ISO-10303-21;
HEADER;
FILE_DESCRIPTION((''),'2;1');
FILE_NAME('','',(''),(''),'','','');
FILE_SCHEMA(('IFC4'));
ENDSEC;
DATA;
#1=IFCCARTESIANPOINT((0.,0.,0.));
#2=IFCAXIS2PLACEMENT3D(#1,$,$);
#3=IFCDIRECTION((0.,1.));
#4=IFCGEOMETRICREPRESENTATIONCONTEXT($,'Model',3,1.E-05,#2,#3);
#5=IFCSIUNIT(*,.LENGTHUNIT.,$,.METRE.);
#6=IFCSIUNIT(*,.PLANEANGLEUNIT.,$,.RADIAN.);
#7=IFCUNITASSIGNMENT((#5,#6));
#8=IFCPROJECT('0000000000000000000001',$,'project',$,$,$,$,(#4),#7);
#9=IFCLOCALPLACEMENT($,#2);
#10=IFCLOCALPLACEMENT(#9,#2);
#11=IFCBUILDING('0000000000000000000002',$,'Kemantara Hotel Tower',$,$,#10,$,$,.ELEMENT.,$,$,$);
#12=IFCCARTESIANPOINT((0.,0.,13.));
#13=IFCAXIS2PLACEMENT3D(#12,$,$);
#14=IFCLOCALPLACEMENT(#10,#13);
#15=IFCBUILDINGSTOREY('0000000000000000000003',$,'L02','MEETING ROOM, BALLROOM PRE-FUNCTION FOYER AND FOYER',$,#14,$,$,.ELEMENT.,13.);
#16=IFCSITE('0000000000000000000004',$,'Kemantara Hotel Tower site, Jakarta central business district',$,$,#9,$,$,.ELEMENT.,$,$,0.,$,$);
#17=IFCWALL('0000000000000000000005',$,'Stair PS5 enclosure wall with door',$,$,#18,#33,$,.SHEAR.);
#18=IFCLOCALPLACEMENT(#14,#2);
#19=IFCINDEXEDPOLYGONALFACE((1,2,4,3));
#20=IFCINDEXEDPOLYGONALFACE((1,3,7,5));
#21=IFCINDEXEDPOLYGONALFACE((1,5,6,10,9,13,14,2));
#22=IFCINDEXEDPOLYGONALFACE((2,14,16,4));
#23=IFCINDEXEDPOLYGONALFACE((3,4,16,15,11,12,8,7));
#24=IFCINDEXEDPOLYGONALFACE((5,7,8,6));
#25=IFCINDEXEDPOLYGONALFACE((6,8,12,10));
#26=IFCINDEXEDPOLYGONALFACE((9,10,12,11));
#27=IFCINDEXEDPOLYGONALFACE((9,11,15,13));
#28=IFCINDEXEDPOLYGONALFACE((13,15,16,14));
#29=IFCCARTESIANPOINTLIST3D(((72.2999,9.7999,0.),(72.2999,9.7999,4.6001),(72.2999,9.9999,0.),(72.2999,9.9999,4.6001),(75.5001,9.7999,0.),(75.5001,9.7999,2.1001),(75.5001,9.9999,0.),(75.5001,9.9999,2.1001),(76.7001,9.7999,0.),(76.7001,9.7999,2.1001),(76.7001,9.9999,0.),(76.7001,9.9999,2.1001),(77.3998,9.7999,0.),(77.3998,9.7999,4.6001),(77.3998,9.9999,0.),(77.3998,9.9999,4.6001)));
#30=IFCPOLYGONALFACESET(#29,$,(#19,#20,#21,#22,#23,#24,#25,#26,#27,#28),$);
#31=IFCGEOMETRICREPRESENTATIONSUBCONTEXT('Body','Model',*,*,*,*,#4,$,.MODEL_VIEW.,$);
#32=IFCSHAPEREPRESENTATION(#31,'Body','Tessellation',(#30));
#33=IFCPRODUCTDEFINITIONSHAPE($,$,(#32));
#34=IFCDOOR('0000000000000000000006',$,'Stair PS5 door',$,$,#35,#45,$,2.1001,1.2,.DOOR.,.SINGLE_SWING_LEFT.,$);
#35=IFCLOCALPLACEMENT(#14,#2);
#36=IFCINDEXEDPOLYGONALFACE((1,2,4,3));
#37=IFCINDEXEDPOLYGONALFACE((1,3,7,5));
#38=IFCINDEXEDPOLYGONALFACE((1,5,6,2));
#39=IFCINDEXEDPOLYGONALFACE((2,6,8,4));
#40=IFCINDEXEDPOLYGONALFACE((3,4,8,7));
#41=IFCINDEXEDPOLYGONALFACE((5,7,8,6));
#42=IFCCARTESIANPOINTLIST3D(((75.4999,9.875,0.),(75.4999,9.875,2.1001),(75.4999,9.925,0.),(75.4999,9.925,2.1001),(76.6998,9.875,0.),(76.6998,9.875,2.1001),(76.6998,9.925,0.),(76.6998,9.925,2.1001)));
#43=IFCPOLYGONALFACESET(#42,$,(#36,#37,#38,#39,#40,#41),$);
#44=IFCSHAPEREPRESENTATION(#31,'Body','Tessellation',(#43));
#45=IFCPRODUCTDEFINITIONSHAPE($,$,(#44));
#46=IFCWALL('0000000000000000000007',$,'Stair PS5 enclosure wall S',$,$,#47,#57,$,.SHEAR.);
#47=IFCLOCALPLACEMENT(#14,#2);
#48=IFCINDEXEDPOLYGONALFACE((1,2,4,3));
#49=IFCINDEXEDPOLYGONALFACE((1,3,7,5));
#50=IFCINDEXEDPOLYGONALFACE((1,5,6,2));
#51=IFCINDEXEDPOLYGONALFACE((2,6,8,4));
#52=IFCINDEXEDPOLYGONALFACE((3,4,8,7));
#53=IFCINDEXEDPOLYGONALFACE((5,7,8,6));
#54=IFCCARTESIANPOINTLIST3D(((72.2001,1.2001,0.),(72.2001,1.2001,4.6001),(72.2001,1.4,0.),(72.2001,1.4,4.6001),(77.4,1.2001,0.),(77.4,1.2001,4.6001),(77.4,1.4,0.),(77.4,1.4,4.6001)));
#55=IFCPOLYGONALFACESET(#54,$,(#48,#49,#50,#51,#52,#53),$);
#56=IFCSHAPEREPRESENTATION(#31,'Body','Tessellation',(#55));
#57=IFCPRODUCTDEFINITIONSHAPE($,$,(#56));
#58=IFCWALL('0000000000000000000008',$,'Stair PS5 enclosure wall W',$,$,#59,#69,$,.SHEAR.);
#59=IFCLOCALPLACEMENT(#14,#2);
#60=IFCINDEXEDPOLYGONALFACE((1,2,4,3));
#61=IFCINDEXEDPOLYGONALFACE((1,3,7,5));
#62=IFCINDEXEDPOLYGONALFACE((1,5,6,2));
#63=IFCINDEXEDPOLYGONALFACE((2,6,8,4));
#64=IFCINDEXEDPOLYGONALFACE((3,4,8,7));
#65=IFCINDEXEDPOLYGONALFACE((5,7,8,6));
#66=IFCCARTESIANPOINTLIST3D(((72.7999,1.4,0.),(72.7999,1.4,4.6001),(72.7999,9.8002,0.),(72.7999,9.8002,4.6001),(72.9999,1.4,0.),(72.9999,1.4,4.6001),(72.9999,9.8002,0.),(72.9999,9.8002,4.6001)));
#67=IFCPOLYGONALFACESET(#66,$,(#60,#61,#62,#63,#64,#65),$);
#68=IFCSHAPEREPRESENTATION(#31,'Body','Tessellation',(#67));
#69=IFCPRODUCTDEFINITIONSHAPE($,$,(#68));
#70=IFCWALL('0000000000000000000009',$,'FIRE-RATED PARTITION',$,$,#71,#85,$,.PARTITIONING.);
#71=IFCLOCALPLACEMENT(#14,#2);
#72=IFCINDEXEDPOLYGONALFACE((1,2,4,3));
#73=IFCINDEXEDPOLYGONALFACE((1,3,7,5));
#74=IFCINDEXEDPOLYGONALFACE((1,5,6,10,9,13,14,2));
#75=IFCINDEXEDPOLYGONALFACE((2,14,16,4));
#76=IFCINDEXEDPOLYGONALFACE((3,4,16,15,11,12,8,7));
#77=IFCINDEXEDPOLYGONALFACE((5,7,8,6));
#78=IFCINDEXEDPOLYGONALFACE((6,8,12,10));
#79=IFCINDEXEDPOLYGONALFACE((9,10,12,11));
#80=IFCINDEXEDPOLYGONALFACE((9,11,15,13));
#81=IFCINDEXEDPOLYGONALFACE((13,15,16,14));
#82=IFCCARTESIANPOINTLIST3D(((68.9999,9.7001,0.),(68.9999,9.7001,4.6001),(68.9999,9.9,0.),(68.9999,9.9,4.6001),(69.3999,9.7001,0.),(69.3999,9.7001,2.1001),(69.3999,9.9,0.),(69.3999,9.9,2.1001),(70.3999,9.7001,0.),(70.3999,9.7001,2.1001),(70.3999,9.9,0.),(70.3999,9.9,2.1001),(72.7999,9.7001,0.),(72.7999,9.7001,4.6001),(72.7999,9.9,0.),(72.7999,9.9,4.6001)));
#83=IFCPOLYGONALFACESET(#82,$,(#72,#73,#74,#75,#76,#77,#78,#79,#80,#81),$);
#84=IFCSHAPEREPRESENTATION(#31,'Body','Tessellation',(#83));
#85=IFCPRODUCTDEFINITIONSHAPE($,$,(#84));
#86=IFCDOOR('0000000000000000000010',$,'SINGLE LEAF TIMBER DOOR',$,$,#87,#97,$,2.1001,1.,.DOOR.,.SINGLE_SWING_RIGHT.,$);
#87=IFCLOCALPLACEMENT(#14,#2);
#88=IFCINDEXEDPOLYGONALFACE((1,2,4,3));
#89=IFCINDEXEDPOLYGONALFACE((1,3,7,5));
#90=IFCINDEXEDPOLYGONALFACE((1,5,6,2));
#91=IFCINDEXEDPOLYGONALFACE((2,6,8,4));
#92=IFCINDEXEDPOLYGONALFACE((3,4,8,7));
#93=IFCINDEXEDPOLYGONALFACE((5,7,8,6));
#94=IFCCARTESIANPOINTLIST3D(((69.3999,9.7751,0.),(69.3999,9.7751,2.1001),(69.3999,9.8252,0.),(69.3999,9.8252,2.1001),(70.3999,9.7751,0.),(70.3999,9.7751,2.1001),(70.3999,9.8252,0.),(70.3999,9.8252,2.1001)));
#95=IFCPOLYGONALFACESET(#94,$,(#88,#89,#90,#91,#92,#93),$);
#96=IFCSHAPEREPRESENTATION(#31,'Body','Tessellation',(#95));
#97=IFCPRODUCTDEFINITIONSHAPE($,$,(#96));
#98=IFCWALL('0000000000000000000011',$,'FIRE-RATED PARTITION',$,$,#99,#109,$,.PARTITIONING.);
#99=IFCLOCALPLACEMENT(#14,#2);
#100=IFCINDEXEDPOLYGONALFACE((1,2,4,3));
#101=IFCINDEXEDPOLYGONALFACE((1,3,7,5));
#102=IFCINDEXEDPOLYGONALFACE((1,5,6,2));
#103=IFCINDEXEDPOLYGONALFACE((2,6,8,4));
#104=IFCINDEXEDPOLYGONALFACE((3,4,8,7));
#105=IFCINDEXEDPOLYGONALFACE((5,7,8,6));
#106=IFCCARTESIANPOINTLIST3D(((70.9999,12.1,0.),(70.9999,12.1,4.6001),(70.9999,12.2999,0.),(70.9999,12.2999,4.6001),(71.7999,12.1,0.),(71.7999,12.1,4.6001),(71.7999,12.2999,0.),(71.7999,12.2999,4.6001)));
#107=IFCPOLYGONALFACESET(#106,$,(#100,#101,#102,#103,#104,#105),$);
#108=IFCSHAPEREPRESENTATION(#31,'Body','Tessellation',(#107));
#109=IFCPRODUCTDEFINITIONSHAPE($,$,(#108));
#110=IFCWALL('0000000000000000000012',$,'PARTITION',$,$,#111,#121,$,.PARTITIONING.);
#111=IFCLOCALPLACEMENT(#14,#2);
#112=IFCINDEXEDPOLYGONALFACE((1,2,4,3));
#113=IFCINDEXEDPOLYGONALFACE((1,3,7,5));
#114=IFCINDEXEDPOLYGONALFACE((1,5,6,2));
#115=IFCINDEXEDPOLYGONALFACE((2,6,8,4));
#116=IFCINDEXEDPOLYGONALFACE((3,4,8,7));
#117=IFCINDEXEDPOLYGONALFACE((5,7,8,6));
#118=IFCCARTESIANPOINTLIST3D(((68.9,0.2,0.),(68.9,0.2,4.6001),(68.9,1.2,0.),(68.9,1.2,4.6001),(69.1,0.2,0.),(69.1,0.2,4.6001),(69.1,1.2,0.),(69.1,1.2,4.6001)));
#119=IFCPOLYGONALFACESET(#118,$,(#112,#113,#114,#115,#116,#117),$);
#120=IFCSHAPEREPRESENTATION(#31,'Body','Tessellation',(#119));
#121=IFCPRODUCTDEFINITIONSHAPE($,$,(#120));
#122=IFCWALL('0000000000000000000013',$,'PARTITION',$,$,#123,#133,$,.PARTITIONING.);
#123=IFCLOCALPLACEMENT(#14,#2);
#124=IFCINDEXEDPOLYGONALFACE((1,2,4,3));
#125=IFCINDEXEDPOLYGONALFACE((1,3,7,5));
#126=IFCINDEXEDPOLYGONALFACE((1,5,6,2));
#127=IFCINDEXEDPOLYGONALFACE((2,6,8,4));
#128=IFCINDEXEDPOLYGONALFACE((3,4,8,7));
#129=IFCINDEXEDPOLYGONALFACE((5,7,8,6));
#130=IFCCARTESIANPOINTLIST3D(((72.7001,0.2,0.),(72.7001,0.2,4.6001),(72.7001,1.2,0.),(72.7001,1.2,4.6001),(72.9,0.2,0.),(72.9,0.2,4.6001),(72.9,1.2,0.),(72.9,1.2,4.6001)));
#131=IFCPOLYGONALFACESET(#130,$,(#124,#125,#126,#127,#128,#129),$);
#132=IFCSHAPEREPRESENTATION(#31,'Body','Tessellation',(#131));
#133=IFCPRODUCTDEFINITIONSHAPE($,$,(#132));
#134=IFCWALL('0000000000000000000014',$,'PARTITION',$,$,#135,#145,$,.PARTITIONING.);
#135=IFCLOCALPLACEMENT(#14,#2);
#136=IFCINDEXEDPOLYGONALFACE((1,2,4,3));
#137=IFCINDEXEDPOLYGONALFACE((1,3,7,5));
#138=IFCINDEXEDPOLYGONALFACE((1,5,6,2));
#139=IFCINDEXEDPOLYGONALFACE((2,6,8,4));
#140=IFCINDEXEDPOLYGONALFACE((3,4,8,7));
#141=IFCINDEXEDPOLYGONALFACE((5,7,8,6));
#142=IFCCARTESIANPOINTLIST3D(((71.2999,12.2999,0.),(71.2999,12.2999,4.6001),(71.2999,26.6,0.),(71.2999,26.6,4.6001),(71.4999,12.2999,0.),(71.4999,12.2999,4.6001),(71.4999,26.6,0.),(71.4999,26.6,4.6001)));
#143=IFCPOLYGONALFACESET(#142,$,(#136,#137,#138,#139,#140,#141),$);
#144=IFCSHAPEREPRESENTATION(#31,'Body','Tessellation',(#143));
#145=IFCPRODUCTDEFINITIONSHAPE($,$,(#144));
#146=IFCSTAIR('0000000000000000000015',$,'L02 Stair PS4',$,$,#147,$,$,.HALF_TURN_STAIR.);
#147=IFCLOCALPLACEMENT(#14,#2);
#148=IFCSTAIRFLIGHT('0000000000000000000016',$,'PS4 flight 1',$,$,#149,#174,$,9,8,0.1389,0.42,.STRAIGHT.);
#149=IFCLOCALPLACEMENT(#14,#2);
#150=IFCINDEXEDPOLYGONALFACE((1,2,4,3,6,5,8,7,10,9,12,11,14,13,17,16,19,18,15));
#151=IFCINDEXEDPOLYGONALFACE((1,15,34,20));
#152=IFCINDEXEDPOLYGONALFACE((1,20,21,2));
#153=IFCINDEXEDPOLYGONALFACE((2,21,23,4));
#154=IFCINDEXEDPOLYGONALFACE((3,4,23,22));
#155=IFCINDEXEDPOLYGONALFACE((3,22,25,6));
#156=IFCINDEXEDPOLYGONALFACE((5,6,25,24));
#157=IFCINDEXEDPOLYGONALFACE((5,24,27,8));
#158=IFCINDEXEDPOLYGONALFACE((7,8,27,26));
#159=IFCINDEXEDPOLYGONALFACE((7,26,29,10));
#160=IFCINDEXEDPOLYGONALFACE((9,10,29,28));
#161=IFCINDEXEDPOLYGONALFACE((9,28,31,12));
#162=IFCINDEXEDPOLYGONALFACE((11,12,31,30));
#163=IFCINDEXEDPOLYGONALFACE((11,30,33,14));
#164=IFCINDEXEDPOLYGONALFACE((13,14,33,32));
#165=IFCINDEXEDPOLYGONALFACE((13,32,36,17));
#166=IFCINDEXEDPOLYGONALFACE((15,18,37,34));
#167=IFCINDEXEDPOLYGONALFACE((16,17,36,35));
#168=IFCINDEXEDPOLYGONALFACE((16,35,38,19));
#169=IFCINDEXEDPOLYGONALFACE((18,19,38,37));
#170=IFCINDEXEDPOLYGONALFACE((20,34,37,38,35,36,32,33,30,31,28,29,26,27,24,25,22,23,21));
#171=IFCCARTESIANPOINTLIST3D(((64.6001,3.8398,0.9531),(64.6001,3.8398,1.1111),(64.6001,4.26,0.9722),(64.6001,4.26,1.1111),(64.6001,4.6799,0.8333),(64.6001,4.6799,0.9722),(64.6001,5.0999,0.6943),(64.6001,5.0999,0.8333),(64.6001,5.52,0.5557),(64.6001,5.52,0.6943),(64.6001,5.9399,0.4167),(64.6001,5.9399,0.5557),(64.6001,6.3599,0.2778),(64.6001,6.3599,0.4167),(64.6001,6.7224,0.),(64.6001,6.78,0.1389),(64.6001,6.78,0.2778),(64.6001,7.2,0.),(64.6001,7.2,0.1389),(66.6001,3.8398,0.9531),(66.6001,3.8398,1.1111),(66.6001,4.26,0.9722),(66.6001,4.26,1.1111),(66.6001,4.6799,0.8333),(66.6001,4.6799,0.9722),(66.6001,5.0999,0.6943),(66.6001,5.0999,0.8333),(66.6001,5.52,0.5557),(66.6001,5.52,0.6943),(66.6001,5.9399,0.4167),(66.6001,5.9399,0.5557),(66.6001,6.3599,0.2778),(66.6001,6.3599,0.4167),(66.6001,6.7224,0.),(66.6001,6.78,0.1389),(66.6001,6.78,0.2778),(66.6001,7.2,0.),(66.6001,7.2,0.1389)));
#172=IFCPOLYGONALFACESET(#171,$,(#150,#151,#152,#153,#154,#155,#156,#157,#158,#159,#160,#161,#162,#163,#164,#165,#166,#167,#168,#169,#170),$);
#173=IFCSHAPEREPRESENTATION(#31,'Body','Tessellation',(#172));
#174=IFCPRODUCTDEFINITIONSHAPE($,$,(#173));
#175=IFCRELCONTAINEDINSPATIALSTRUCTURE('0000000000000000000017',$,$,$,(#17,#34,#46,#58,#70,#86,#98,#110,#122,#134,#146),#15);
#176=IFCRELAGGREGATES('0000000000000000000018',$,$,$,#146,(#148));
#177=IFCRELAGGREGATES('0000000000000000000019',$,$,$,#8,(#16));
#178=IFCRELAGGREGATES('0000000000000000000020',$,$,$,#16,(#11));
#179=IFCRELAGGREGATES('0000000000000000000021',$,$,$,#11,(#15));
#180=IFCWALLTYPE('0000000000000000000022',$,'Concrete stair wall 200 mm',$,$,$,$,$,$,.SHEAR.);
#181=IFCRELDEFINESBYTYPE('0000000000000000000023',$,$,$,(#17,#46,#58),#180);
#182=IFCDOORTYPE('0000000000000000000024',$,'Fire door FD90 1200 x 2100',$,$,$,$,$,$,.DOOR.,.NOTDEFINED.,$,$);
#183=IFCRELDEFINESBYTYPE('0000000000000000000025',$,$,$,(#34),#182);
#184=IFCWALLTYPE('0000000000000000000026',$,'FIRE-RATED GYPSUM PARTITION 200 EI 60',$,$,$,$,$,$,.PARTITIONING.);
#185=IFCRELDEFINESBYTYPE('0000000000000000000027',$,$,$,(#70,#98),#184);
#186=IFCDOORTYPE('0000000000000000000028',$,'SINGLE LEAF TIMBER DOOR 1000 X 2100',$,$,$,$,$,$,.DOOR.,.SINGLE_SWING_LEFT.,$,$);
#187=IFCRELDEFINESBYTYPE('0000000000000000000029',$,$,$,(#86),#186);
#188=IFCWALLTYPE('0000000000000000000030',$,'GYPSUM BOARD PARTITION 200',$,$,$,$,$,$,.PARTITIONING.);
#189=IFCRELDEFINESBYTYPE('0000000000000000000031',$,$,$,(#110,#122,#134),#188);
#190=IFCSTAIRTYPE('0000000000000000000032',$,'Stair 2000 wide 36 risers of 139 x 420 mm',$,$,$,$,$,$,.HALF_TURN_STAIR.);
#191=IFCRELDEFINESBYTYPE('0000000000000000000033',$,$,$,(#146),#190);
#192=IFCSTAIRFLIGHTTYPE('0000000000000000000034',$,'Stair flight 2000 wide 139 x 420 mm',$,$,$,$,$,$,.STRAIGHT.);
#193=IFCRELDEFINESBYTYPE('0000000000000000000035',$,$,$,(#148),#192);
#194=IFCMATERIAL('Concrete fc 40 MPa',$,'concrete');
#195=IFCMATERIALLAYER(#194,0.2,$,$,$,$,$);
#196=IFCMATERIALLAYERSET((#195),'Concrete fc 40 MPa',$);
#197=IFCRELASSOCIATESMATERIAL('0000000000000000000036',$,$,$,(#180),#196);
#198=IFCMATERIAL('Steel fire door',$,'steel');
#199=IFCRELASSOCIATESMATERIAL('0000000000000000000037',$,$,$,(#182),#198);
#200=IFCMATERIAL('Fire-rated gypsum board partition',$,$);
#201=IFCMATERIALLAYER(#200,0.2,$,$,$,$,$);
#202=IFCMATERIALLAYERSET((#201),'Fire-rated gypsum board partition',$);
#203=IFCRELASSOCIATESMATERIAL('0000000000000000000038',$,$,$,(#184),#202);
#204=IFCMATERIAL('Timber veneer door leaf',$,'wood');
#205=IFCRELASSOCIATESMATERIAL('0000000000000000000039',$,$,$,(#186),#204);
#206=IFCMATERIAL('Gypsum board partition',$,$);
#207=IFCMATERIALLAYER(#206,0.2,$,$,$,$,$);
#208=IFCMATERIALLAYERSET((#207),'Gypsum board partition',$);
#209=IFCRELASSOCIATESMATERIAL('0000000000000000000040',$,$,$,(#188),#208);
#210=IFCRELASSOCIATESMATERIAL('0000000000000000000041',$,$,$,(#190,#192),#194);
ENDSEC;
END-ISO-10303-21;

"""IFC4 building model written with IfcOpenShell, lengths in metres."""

from ifc_helpers import new_model, si_unit, direction, frame, frame_2d, origin, place, context, subcontext, project, spatial, polyline, rectangle, outline, extrude, material, layer, layer_set, type_object, element, fill, aggregate, save


model = new_model("IFC4")

# Units and contexts
model_context = context("Model", 3, precision=1e-05, world=origin(), true_north=direction((0.0, 1.0)))
body_context = subcontext(model_context, "Body", "Model", "MODEL_VIEW")
ifc_project = project(units=[si_unit("LENGTHUNIT", "METRE"), si_unit("PLANEANGLEUNIT", "RADIAN")], contexts=[model_context])

# Site, building, storey
site_placement = place(None, origin())
site = spatial("IfcSite", under=ifc_project, at=site_placement, Name="Kemantara Hotel Tower site, Jakarta central business district", CompositionType="ELEMENT", RefElevation=0.0)
building_placement = place(site_placement, origin())
building = spatial("IfcBuilding", under=site, at=building_placement, Name="Kemantara Hotel Tower", CompositionType="ELEMENT")
storey_placement = place(building_placement, frame((0.0, 0.0, 13.0)))
storey = spatial("IfcBuildingStorey", under=building, at=storey_placement, Name="L02", Description="MEETING ROOM, BALLROOM PRE-FUNCTION FOYER AND FOYER", CompositionType="ELEMENT", Elevation=13.0)

# Shared definitions
ifc_material_1 = material(Name="Concrete fc 40 MPa", Category="concrete")
ifc_layer_1 = layer(ifc_material_1, 0.2)
ifc_layer_set_1 = layer_set([ifc_layer_1], Name="Concrete fc 40 MPa")
wall_type_1 = type_object("IfcWallType", Name="Concrete stair wall 200 mm", PredefinedType="SHEAR", material=ifc_layer_set_1)
ifc_material_2 = material(Name="Steel fire door", Category="steel")
door_type_1 = type_object("IfcDoorType", Name="Fire door FD90 1200 x 2100", OperationType="NOTDEFINED", PredefinedType="DOOR", material=ifc_material_2)

# Wall, opening, door
wall_1_placement = place(storey_placement, frame((72.3, 9.8999, 0.0), z_axis=(0.0, 0.0, 1.0), x_axis=(1.0, 0.0, 0.0)))
wall_1 = element("IfcWall", 1, at=wall_1_placement, inside=storey, type_object=wall_type_1, Name="Stair PS5 enclosure wall with door", PredefinedType="SHEAR", context=body_context, shape_type="SweptSolid", body=[
    extrude(rectangle(XDim=5.0999, YDim=0.2, at=frame_2d((2.5498, 0.0))), origin(), (0.0, 0.0, 1.0), 4.6001),
])
opening_1_placement = place(wall_1_placement, frame((3.2, 0.0, 0.0)))
opening_1 = element("IfcOpeningElement", 2, at=opening_1_placement, cuts=wall_1, PredefinedType="OPENING", context=body_context, shape_type="SweptSolid", body=[
    extrude(rectangle(XDim=1.2, YDim=2.1001, at=frame_2d((0.6001, 1.05))), frame((0.0, 0.1099, 0.0), z_axis=(0.0, -1.0, 0.0), x_axis=(1.0, 0.0, 0.0)), (0.0, 0.0, 1.0), 0.22),
])
door_1_placement = place(opening_1_placement, frame((1.2, 0.0, 0.0), z_axis=(0.0, 0.0, 1.0), x_axis=(-1.0, 0.0, 0.0)))
door_1 = element("IfcDoor", 3, at=door_1_placement, inside=storey, type_object=door_type_1, Name="Stair PS5 door", OperationType="SINGLE_SWING_LEFT", OverallHeight=2.1001, OverallWidth=1.2, PredefinedType="DOOR", context=body_context, shape_type="SweptSolid", body=[
    extrude(rectangle(XDim=1.2, YDim=2.1001, at=frame_2d((0.6001, 1.05))), frame((0.0, 0.0249, 0.0), z_axis=(0.0, -1.0, 0.0), x_axis=(1.0, 0.0, 0.0)), (0.0, 0.0, 1.0), 0.05),
])
fill(opening_1, door_1)

# Walls
wall_2_placement = place(storey_placement, frame((72.2, 1.3, 0.0), z_axis=(0.0, 0.0, 1.0), x_axis=(1.0, 0.0, 0.0)))
element("IfcWall", 4, at=wall_2_placement, inside=storey, type_object=wall_type_1, Name="Stair PS5 enclosure wall S", PredefinedType="SHEAR", context=body_context, shape_type="SweptSolid", body=[
    extrude(rectangle(XDim=5.2, YDim=0.2, at=frame_2d((2.6001, 0.0))), origin(), (0.0, 0.0, 1.0), 4.6001),
])
wall_3_placement = place(storey_placement, frame((72.8999, 1.3999, 0.0), z_axis=(0.0, 0.0, 1.0), x_axis=(0.0, 1.0, 0.0)))
element("IfcWall", 5, at=wall_3_placement, inside=storey, type_object=wall_type_1, Name="Stair PS5 enclosure wall W", PredefinedType="SHEAR", context=body_context, shape_type="SweptSolid", body=[
    extrude(rectangle(XDim=8.4001, YDim=0.2, at=frame_2d((4.2002, 0.0))), origin(), (0.0, 0.0, 1.0), 4.6001),
])

# Wall, opening, door
ifc_material_3 = material(Name="Fire-rated gypsum board partition")
ifc_layer_2 = layer(ifc_material_3, 0.2)
ifc_layer_set_2 = layer_set([ifc_layer_2], Name="Fire-rated gypsum board partition")
wall_type_2 = type_object("IfcWallType", Name="FIRE-RATED GYPSUM PARTITION 200 EI 60", PredefinedType="PARTITIONING", material=ifc_layer_set_2)
wall_4_placement = place(storey_placement, frame((69.0, 9.8, 0.0), z_axis=(0.0, 0.0, 1.0), x_axis=(1.0, 0.0, 0.0)))
wall_4 = element("IfcWall", 6, at=wall_4_placement, inside=storey, type_object=wall_type_2, Name="FIRE-RATED PARTITION", PredefinedType="PARTITIONING", context=body_context, shape_type="SweptSolid", body=[
    extrude(rectangle(XDim=3.8, YDim=0.2, at=frame_2d((1.8999, 0.0))), origin(), (0.0, 0.0, 1.0), 4.6001),
])
opening_2_placement = place(wall_4_placement, frame((0.3999, 0.0, 0.0)))
opening_2 = element("IfcOpeningElement", 7, at=opening_2_placement, cuts=wall_4, PredefinedType="OPENING", context=body_context, shape_type="SweptSolid", body=[
    extrude(rectangle(XDim=1.0, YDim=2.1001, at=frame_2d((0.5, 1.05))), frame((0.0, 0.1099, 0.0), z_axis=(0.0, -1.0, 0.0), x_axis=(1.0, 0.0, 0.0)), (0.0, 0.0, 1.0), 0.22),
])
ifc_material_4 = material(Name="Timber veneer door leaf", Category="wood")
door_type_2 = type_object("IfcDoorType", Name="SINGLE LEAF TIMBER DOOR 1000 X 2100", OperationType="SINGLE_SWING_LEFT", PredefinedType="DOOR", material=ifc_material_4)
door_2_placement = place(opening_2_placement, frame((1.0, 0.0, 0.0), z_axis=(0.0, 0.0, 1.0), x_axis=(-1.0, 0.0, 0.0)))
door_2 = element("IfcDoor", 8, at=door_2_placement, inside=storey, type_object=door_type_2, Name="SINGLE LEAF TIMBER DOOR", OperationType="SINGLE_SWING_RIGHT", OverallHeight=2.1001, OverallWidth=1.0, PredefinedType="DOOR", context=body_context, shape_type="SweptSolid", body=[
    extrude(rectangle(XDim=1.0, YDim=2.1001, at=frame_2d((0.5, 1.05))), frame((0.0, 0.0249, 0.0), z_axis=(0.0, -1.0, 0.0), x_axis=(1.0, 0.0, 0.0)), (0.0, 0.0, 1.0), 0.05),
])
fill(opening_2, door_2)

# Walls
wall_5_placement = place(storey_placement, frame((71.0, 12.2, 0.0), z_axis=(0.0, 0.0, 1.0), x_axis=(1.0, 0.0, 0.0)))
element("IfcWall", 9, at=wall_5_placement, inside=storey, type_object=wall_type_2, Name="FIRE-RATED PARTITION", PredefinedType="PARTITIONING", context=body_context, shape_type="SweptSolid", body=[
    extrude(rectangle(XDim=0.8, YDim=0.2, at=frame_2d((0.3999, 0.0))), origin(), (0.0, 0.0, 1.0), 4.6001),
])
ifc_material_5 = material(Name="Gypsum board partition")
ifc_layer_3 = layer(ifc_material_5, 0.2)
ifc_layer_set_3 = layer_set([ifc_layer_3], Name="Gypsum board partition")
wall_type_3 = type_object("IfcWallType", Name="GYPSUM BOARD PARTITION 200", PredefinedType="PARTITIONING", material=ifc_layer_set_3)
for number, where, z_axis, x_axis, name in (
    (10, (69.0, 0.2, 0.0), (0.0, 0.0, 1.0), (0.0, 1.0, 0.0), "PARTITION"),
    (11, (72.8, 0.2, 0.0), (0.0, 0.0, 1.0), (0.0, 1.0, 0.0), "PARTITION"),
):
    element("IfcWall", number, at=place(storey_placement, frame(where, z_axis=z_axis, x_axis=x_axis)), inside=storey, type_object=wall_type_3, Name=name, PredefinedType="PARTITIONING", context=body_context, shape_type="SweptSolid", body=[
        extrude(rectangle(XDim=1.0, YDim=0.2, at=frame_2d((0.5, 0.0))), origin(), (0.0, 0.0, 1.0), 4.6001),
    ])
wall_6_placement = place(storey_placement, frame((71.3999, 12.3, 0.0), z_axis=(0.0, 0.0, 1.0), x_axis=(0.0, 1.0, 0.0)))
element("IfcWall", 12, at=wall_6_placement, inside=storey, type_object=wall_type_3, Name="PARTITION", PredefinedType="PARTITIONING", context=body_context, shape_type="SweptSolid", body=[
    extrude(rectangle(XDim=14.3, YDim=0.2, at=frame_2d((7.1499, 0.0))), origin(), (0.0, 0.0, 1.0), 4.6001),
])

# Stair, stair flight
stair_type = type_object("IfcStairType", Name="Stair 2000 wide 36 risers of 139 x 420 mm", PredefinedType="HALF_TURN_STAIR", material=ifc_material_1)
stair_1_placement = place(storey_placement, origin())
stair_1 = element("IfcStair", 13, at=stair_1_placement, inside=storey, type_object=stair_type, Name="L02 Stair PS4", PredefinedType="HALF_TURN_STAIR")
stair_flight_type = type_object("IfcStairFlightType", Name="Stair flight 2000 wide 139 x 420 mm", PredefinedType="STRAIGHT", material=ifc_material_1)
stair_flight_1_placement = place(storey_placement, frame((65.6001, 7.2, 0.0), z_axis=(0.0, 0.0, 1.0), x_axis=(0.0, -1.0, 0.0)))
stair_flight_1 = element("IfcStairFlight", 14, at=stair_flight_1_placement, type_object=stair_flight_type, Name="PS4 flight 1", NumberOfRisers=9, NumberOfTreads=8, PredefinedType="STRAIGHT", RiserHeight=0.1389, TreadLength=0.42, context=body_context, shape_type="SweptSolid", body=[
    extrude(outline(polyline([(0.0, 0.0), (0.0, 0.1389), (0.4199, 0.1389), (0.4199, 0.2778), (0.8401, 0.2778), (0.8401, 0.4167), (1.26, 0.4167), (1.26, 0.5557), (1.6799, 0.5557), (1.6799, 0.6943), (2.1001, 0.6943), (2.1001, 0.8333), (2.52, 0.8333), (2.52, 0.9722), (2.9399, 0.9722), (2.9399, 1.1111), (3.3601, 1.1111), (3.3601, 1.25), (3.3601, 0.9531), (0.4775, 0.0), (0.0, 0.0)])), frame((0.0, 1.0, 0.0), z_axis=(0.0, -1.0, 0.0), x_axis=(1.0, 0.0, 0.0)), (0.0, 0.0, 1.0), 2.0),
])
aggregate(stair_1, [stair_flight_1])

save(model, "model.ifc")
